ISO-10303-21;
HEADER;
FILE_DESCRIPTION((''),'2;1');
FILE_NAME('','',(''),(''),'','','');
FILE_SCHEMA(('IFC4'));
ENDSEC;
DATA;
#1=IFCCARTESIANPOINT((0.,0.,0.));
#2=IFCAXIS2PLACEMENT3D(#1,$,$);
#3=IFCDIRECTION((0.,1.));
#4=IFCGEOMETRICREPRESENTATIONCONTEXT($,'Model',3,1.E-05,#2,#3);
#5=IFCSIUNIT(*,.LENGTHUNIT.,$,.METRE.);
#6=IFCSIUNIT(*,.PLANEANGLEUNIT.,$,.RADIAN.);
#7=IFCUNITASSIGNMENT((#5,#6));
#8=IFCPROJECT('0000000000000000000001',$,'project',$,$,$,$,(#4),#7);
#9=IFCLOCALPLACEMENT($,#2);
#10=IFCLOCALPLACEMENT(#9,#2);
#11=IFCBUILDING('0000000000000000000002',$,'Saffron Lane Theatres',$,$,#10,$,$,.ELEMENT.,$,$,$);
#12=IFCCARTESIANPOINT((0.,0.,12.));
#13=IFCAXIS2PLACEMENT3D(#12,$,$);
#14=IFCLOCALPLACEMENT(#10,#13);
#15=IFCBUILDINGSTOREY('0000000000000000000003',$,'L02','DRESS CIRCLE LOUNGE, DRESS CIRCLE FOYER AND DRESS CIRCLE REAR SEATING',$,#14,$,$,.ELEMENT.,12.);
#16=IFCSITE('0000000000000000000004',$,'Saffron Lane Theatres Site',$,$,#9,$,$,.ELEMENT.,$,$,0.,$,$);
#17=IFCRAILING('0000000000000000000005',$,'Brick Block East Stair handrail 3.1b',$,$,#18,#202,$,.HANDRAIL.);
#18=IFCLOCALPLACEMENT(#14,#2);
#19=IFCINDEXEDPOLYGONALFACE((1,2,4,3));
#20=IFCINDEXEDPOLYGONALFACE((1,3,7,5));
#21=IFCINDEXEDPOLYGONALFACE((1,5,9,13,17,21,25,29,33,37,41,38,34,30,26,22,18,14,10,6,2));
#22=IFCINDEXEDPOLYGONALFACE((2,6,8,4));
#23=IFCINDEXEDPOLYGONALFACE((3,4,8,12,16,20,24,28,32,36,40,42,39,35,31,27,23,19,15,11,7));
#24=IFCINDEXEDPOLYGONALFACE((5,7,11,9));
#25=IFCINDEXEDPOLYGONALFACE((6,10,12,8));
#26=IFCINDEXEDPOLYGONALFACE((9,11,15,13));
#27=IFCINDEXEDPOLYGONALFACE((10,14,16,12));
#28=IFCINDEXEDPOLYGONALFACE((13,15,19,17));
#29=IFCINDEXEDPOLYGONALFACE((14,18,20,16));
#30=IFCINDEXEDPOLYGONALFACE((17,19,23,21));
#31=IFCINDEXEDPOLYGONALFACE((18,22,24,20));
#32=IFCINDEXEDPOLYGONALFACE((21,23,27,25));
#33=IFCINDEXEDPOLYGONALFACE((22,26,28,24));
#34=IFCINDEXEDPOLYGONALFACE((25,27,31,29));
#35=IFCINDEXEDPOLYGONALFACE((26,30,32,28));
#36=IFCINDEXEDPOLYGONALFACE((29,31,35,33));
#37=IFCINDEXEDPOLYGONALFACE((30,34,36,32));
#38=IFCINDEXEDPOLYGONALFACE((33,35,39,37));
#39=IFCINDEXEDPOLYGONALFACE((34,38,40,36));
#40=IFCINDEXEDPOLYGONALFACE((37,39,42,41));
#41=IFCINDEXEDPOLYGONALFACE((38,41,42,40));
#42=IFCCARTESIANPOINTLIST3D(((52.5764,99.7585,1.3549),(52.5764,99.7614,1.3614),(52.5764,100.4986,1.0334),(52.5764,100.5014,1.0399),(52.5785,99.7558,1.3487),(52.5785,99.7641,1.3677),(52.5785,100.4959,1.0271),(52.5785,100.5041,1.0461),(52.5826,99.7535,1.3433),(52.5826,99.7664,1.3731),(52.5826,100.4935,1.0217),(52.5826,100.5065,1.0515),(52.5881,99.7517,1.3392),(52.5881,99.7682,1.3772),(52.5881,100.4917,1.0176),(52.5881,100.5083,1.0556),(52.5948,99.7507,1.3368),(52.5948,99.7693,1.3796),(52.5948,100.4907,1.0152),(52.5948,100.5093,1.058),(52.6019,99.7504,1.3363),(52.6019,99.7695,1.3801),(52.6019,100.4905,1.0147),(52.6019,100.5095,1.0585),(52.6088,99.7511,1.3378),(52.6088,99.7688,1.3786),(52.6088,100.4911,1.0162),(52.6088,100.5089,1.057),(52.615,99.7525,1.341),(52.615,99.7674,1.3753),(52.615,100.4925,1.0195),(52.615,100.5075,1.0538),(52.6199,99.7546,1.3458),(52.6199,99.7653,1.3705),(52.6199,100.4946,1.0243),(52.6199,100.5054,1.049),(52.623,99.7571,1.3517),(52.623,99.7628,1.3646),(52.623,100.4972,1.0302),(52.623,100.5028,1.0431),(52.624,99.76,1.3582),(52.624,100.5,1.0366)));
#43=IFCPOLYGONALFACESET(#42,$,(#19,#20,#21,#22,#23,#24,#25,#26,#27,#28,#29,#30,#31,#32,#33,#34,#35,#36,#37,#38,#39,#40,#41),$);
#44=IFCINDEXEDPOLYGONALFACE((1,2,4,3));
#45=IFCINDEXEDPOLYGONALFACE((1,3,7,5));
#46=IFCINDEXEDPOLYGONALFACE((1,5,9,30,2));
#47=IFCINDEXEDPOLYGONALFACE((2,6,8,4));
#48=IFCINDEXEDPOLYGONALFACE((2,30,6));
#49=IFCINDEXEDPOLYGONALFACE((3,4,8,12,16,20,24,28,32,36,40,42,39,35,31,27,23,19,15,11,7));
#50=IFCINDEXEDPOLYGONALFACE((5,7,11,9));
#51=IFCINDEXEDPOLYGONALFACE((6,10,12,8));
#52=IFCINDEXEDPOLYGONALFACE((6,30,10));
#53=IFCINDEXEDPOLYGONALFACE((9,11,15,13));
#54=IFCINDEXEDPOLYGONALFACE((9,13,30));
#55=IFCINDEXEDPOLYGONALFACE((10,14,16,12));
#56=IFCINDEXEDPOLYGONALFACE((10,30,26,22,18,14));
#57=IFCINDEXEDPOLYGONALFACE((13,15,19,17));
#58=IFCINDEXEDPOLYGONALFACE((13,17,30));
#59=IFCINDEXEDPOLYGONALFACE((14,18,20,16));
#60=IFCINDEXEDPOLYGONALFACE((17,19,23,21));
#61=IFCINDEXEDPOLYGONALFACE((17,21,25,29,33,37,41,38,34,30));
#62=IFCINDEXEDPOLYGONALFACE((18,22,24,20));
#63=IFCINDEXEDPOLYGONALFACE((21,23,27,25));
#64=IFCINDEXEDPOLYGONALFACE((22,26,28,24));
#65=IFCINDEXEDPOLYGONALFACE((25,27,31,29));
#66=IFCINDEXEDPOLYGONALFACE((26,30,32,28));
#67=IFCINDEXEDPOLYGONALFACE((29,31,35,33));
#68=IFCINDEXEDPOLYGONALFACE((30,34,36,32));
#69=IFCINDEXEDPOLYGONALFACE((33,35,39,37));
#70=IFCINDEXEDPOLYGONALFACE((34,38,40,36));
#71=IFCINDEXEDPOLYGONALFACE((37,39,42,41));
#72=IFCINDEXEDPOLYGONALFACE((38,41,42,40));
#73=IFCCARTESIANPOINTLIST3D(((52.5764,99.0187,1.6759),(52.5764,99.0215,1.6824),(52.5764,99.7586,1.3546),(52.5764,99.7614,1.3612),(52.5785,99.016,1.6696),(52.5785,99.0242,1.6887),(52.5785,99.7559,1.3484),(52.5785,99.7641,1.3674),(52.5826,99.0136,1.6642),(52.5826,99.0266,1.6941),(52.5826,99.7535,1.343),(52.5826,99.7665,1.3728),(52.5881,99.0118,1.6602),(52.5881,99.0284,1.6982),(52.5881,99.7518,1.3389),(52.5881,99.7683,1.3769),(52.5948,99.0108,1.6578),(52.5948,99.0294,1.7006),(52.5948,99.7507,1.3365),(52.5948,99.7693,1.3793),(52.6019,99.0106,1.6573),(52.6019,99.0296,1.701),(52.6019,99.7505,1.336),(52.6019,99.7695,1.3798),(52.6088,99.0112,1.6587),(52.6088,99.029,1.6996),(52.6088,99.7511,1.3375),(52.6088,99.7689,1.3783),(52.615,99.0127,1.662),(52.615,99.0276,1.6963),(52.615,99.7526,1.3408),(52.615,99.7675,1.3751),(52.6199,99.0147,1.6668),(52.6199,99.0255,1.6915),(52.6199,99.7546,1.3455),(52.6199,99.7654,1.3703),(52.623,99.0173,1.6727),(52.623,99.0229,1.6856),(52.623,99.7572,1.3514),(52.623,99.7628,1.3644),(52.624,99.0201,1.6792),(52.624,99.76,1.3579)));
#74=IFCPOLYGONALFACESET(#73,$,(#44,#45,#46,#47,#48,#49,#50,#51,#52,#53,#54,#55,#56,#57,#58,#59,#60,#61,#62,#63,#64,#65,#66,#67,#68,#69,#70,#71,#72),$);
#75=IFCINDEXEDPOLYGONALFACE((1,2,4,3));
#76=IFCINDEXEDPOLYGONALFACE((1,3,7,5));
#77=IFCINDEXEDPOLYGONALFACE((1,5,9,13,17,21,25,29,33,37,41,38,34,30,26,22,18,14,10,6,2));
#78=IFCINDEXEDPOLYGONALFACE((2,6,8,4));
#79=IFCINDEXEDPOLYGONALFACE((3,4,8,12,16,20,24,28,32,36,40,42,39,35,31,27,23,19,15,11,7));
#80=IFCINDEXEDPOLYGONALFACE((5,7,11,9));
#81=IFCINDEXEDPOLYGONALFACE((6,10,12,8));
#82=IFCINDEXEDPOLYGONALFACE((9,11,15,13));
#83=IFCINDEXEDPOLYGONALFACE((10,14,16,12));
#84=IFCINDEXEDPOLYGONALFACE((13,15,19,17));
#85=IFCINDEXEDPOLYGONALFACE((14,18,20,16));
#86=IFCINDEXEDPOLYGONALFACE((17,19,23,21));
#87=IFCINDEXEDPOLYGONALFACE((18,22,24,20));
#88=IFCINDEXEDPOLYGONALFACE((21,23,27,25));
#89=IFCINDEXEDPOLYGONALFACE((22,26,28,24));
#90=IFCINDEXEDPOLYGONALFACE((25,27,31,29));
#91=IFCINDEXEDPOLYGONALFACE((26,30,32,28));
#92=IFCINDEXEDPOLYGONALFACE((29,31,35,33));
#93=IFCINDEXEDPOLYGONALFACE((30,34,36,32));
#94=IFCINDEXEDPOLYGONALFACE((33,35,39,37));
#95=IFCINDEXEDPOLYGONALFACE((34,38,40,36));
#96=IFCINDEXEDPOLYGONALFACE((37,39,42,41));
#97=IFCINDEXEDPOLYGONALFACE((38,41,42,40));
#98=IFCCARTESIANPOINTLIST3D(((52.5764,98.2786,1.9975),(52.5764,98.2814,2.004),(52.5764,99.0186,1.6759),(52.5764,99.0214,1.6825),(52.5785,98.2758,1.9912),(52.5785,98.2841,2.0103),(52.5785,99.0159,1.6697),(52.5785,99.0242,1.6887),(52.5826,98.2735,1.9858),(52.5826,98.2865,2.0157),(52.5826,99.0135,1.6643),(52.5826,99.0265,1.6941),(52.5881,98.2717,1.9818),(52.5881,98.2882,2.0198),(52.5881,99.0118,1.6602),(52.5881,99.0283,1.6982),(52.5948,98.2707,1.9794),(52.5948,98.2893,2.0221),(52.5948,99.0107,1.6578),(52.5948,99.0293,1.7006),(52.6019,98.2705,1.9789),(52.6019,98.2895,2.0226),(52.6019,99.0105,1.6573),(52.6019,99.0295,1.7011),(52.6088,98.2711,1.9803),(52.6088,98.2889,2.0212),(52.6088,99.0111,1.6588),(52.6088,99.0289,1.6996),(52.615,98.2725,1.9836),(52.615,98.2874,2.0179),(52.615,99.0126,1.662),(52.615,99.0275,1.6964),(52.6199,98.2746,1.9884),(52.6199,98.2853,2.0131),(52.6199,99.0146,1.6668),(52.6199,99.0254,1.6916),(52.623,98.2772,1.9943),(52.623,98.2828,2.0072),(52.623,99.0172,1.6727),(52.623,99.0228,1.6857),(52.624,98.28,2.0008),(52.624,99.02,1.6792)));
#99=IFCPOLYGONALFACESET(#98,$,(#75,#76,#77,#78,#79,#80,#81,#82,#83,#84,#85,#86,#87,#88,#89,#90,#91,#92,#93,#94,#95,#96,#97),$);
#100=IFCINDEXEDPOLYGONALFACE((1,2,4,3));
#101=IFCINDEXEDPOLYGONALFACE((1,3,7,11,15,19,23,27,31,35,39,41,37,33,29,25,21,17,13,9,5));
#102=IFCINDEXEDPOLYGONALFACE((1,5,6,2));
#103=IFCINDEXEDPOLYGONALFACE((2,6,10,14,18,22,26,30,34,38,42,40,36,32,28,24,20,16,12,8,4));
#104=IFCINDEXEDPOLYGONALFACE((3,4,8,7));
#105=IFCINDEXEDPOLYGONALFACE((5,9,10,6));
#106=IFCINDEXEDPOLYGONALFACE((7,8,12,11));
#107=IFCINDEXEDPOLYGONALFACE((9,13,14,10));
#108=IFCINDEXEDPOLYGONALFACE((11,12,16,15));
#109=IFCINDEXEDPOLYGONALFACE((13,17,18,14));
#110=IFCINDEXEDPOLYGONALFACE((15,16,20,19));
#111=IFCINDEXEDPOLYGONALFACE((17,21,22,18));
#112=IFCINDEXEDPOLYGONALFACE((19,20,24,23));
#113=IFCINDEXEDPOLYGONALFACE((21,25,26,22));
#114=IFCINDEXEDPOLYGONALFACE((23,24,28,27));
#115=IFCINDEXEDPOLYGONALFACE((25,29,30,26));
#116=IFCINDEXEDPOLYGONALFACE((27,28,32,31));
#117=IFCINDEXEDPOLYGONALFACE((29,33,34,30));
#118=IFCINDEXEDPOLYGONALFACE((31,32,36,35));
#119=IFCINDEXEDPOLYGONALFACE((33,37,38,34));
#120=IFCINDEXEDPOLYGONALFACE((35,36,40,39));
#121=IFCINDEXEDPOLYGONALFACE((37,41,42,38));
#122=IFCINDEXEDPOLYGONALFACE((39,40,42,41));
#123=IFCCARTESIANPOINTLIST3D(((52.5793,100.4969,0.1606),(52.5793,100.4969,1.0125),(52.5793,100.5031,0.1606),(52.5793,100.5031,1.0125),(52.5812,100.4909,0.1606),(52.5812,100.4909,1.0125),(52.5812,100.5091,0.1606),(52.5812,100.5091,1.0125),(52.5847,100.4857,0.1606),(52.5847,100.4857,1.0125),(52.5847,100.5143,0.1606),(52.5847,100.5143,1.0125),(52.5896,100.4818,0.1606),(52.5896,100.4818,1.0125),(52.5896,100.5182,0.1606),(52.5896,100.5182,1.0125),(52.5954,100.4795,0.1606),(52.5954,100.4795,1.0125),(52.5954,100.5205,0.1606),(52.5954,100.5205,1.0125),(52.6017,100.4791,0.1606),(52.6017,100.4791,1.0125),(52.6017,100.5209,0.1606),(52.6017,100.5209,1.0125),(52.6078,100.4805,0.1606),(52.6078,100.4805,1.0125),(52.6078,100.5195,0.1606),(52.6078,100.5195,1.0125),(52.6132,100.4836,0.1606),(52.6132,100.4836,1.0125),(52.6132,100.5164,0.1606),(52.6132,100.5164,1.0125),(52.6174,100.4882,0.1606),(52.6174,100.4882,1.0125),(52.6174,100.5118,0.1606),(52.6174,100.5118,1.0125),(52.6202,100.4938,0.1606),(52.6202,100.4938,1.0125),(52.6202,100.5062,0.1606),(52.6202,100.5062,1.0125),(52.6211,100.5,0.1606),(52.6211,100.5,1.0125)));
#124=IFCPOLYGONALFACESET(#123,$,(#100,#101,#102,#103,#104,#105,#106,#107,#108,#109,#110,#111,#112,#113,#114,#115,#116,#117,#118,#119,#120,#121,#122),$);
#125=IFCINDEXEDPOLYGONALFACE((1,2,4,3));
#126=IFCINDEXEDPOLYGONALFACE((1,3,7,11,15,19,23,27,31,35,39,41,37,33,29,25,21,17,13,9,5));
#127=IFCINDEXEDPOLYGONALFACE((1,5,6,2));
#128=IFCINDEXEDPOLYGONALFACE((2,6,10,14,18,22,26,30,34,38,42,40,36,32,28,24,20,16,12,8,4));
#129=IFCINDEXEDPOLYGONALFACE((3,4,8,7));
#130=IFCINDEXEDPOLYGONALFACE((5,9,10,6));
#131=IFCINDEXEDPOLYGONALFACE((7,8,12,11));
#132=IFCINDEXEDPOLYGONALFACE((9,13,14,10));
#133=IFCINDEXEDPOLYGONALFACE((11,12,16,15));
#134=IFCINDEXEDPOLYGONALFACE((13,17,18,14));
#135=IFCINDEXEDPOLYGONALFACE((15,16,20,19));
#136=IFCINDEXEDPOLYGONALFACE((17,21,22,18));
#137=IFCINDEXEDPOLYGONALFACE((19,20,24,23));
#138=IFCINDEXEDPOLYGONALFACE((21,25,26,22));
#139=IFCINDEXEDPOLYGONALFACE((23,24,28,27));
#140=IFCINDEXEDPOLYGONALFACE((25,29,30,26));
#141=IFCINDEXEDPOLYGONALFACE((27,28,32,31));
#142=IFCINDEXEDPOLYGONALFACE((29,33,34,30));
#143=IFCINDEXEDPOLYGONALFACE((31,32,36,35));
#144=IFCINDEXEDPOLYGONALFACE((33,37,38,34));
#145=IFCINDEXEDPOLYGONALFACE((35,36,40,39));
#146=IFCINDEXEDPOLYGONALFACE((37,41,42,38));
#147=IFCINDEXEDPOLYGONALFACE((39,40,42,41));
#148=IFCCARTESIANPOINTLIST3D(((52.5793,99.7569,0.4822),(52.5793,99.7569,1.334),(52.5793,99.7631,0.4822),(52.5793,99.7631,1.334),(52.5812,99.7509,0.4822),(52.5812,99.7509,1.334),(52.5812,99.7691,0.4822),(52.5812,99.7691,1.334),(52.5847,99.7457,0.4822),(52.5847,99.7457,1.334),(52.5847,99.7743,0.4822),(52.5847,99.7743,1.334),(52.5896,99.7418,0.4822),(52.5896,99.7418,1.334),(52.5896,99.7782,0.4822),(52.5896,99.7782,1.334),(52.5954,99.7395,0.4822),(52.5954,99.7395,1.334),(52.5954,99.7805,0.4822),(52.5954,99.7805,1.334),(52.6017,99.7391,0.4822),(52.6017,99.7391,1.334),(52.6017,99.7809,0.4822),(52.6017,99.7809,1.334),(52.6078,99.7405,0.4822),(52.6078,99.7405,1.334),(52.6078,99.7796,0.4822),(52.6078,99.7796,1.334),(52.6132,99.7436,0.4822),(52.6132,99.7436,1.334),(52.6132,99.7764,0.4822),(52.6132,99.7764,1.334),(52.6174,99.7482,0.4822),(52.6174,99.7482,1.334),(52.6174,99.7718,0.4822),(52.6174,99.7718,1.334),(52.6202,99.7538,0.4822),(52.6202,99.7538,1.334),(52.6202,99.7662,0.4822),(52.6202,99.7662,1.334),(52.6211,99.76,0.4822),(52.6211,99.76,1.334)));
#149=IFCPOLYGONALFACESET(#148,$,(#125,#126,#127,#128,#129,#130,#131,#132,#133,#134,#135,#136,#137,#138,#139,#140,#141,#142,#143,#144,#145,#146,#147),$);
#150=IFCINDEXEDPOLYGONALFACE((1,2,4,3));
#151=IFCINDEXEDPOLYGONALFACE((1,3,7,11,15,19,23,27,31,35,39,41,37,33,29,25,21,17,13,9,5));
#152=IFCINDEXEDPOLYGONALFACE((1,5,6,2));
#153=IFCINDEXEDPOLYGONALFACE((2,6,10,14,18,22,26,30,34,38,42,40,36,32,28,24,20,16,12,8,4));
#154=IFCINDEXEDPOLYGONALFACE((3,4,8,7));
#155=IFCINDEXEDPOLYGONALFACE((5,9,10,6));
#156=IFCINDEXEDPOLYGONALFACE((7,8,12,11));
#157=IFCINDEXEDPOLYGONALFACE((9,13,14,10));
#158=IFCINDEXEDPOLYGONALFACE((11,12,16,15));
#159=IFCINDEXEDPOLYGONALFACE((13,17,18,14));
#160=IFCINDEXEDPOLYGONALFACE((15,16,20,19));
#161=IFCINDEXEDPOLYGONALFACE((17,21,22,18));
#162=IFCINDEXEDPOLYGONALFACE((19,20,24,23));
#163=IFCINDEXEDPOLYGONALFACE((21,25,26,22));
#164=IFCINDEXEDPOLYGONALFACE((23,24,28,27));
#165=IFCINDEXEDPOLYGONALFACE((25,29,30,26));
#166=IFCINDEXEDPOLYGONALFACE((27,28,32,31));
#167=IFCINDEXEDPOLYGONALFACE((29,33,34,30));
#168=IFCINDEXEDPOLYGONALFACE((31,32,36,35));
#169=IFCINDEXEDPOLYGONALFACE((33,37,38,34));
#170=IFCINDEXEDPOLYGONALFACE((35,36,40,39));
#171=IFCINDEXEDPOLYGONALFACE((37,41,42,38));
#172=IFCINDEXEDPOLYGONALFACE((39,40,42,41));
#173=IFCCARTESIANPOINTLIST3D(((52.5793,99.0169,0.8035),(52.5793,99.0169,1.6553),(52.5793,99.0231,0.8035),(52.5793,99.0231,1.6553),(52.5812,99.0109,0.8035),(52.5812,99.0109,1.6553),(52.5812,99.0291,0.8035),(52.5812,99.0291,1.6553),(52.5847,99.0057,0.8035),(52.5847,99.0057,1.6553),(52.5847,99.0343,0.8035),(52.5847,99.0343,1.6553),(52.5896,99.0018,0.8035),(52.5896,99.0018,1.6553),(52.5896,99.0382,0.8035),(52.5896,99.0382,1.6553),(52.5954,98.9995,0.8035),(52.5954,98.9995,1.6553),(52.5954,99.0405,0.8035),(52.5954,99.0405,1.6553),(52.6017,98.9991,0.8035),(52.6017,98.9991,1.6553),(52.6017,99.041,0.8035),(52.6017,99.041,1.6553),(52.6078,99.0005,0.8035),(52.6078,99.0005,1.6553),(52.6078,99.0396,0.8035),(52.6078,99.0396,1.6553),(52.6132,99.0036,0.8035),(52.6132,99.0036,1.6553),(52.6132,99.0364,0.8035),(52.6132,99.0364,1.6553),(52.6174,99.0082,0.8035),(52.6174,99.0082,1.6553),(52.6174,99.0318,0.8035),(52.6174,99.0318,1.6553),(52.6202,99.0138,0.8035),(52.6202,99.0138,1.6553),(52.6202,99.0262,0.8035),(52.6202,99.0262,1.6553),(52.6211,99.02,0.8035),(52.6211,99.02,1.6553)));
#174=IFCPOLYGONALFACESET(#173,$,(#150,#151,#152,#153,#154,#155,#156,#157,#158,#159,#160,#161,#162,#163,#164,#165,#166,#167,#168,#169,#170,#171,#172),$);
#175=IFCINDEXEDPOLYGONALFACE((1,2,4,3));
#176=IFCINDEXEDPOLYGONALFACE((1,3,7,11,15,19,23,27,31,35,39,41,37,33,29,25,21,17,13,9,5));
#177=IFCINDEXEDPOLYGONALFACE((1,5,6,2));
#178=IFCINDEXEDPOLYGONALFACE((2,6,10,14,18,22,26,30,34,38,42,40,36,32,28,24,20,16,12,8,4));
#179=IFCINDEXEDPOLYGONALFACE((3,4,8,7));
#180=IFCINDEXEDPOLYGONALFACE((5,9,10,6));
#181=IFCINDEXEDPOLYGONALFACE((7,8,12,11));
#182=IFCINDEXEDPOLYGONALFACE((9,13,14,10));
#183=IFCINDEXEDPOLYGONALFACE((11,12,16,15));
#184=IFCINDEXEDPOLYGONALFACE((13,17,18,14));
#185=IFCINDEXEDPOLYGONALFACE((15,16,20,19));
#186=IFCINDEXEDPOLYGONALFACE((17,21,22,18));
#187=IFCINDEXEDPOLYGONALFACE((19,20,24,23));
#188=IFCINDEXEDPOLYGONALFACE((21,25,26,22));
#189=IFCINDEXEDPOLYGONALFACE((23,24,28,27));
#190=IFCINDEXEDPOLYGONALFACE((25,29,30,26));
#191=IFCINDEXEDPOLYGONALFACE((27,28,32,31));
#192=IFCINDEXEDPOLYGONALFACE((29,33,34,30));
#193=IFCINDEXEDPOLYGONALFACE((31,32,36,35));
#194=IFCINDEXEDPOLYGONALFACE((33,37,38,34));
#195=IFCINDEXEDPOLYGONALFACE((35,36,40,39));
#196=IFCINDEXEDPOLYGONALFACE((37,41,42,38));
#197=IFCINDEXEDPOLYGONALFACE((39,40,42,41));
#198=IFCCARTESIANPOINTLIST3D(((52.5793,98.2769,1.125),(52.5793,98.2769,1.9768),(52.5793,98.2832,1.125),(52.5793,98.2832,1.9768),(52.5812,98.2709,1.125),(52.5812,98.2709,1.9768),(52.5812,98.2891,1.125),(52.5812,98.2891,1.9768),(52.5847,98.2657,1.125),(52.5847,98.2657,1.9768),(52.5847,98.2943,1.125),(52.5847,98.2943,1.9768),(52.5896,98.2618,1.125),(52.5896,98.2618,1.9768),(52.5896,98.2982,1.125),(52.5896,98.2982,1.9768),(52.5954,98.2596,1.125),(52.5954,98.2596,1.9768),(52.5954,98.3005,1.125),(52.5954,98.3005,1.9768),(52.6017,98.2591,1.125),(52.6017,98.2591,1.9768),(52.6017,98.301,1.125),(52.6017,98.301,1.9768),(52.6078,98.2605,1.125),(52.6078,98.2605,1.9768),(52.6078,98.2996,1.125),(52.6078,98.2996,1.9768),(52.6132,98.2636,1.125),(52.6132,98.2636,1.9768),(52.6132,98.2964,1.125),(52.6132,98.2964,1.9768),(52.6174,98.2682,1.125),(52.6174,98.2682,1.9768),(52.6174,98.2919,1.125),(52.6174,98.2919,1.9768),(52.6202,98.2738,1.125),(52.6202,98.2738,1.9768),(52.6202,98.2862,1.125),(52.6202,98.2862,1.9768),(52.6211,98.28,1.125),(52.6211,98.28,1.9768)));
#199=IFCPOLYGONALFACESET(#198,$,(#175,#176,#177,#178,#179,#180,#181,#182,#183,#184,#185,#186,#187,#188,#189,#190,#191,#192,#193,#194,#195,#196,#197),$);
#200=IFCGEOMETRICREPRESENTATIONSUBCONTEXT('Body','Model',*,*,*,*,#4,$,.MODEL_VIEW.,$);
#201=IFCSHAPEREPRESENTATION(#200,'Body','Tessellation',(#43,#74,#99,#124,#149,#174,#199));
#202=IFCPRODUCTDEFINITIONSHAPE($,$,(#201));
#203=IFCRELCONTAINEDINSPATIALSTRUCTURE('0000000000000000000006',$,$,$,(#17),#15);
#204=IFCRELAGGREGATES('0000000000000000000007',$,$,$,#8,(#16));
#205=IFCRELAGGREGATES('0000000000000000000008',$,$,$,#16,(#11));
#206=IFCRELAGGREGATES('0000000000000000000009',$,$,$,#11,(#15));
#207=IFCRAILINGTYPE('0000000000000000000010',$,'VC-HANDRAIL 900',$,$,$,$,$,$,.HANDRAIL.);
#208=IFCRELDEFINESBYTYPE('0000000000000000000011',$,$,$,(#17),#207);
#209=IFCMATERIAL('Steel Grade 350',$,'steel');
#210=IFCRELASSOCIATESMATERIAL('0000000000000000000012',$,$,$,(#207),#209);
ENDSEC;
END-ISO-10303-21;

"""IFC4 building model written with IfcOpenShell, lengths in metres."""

from ifc_helpers import new_model, si_unit, direction, frame, origin, origin_2d, place, context, subcontext, project, spatial, circle, extrude, material, type_object, element, save


model = new_model("IFC4")

# Units and contexts
model_context = context("Model", 3, precision=1e-05, world=origin(), true_north=direction((0.0, 1.0)))
body_context = subcontext(model_context, "Body", "Model", "MODEL_VIEW")
ifc_project = project(units=[si_unit("LENGTHUNIT", "METRE"), si_unit("PLANEANGLEUNIT", "RADIAN")], contexts=[model_context])

# Site, building, storey
site_placement = place(None, origin())
site = spatial("IfcSite", under=ifc_project, at=site_placement, Name="Saffron Lane Theatres Site", CompositionType="ELEMENT", RefElevation=0.0)
building_placement = place(site_placement, origin())
building = spatial("IfcBuilding", under=site, at=building_placement, Name="Saffron Lane Theatres", CompositionType="ELEMENT")
storey_placement = place(building_placement, frame((0.0, 0.0, 12.0)))
storey = spatial("IfcBuildingStorey", under=building, at=storey_placement, Name="L02", Description="DRESS CIRCLE LOUNGE, DRESS CIRCLE FOYER AND DRESS CIRCLE REAR SEATING", CompositionType="ELEMENT", Elevation=12.0)

# Railing
ifc_material_1 = material(Name="Steel Grade 350", Category="steel")
railing_type_1 = type_object("IfcRailingType", Name="VC-HANDRAIL 900", PredefinedType="HANDRAIL", material=ifc_material_1)
for number, where, name in (
    (1, (52.6001, 100.5, 0.1606), "Brick Block East Stair handrail 3.1b"),
):
    element("IfcRailing", number, at=place(storey_placement, frame(where)), inside=storey, type_object=railing_type_1, Name=name, PredefinedType="HANDRAIL", context=body_context, shape_type="SweptSolid", body=[
        extrude(circle(Radius=0.0239, at=origin_2d()), frame((0.0, 0.0, 0.876), z_axis=(0.0, -0.917161, 0.398516), x_axis=(1.0, 0.0, 0.0)), (0.0, 0.0, 1.0), 0.8069),
        extrude(circle(Radius=0.0239, at=origin_2d()), frame((0.0, -0.74, 1.1973), z_axis=(0.0, -0.917272, 0.398261), x_axis=(1.0, 0.0, 0.0)), (0.0, 0.0, 1.0), 0.8066),
        extrude(circle(Radius=0.0239, at=origin_2d()), frame((0.0, -1.48, 1.5186), z_axis=(0.0, -0.917161, 0.398516), x_axis=(1.0, 0.0, 0.0)), (0.0, 0.0, 1.0), 0.8069),
        extrude(circle(Radius=0.021, at=origin_2d()), origin(), (0.0, 0.0, 1.0), 0.8518),
        extrude(circle(Radius=0.021, at=origin_2d()), frame((0.0, -0.74, 0.3215)), (0.0, 0.0, 1.0), 0.8518),
        extrude(circle(Radius=0.021, at=origin_2d()), frame((0.0, -1.48, 0.6428)), (0.0, 0.0, 1.0), 0.8518),
        extrude(circle(Radius=0.021, at=origin_2d()), frame((0.0, -2.22, 0.9644)), (0.0, 0.0, 1.0), 0.8518),
    ])

save(model, "model.ifc")
